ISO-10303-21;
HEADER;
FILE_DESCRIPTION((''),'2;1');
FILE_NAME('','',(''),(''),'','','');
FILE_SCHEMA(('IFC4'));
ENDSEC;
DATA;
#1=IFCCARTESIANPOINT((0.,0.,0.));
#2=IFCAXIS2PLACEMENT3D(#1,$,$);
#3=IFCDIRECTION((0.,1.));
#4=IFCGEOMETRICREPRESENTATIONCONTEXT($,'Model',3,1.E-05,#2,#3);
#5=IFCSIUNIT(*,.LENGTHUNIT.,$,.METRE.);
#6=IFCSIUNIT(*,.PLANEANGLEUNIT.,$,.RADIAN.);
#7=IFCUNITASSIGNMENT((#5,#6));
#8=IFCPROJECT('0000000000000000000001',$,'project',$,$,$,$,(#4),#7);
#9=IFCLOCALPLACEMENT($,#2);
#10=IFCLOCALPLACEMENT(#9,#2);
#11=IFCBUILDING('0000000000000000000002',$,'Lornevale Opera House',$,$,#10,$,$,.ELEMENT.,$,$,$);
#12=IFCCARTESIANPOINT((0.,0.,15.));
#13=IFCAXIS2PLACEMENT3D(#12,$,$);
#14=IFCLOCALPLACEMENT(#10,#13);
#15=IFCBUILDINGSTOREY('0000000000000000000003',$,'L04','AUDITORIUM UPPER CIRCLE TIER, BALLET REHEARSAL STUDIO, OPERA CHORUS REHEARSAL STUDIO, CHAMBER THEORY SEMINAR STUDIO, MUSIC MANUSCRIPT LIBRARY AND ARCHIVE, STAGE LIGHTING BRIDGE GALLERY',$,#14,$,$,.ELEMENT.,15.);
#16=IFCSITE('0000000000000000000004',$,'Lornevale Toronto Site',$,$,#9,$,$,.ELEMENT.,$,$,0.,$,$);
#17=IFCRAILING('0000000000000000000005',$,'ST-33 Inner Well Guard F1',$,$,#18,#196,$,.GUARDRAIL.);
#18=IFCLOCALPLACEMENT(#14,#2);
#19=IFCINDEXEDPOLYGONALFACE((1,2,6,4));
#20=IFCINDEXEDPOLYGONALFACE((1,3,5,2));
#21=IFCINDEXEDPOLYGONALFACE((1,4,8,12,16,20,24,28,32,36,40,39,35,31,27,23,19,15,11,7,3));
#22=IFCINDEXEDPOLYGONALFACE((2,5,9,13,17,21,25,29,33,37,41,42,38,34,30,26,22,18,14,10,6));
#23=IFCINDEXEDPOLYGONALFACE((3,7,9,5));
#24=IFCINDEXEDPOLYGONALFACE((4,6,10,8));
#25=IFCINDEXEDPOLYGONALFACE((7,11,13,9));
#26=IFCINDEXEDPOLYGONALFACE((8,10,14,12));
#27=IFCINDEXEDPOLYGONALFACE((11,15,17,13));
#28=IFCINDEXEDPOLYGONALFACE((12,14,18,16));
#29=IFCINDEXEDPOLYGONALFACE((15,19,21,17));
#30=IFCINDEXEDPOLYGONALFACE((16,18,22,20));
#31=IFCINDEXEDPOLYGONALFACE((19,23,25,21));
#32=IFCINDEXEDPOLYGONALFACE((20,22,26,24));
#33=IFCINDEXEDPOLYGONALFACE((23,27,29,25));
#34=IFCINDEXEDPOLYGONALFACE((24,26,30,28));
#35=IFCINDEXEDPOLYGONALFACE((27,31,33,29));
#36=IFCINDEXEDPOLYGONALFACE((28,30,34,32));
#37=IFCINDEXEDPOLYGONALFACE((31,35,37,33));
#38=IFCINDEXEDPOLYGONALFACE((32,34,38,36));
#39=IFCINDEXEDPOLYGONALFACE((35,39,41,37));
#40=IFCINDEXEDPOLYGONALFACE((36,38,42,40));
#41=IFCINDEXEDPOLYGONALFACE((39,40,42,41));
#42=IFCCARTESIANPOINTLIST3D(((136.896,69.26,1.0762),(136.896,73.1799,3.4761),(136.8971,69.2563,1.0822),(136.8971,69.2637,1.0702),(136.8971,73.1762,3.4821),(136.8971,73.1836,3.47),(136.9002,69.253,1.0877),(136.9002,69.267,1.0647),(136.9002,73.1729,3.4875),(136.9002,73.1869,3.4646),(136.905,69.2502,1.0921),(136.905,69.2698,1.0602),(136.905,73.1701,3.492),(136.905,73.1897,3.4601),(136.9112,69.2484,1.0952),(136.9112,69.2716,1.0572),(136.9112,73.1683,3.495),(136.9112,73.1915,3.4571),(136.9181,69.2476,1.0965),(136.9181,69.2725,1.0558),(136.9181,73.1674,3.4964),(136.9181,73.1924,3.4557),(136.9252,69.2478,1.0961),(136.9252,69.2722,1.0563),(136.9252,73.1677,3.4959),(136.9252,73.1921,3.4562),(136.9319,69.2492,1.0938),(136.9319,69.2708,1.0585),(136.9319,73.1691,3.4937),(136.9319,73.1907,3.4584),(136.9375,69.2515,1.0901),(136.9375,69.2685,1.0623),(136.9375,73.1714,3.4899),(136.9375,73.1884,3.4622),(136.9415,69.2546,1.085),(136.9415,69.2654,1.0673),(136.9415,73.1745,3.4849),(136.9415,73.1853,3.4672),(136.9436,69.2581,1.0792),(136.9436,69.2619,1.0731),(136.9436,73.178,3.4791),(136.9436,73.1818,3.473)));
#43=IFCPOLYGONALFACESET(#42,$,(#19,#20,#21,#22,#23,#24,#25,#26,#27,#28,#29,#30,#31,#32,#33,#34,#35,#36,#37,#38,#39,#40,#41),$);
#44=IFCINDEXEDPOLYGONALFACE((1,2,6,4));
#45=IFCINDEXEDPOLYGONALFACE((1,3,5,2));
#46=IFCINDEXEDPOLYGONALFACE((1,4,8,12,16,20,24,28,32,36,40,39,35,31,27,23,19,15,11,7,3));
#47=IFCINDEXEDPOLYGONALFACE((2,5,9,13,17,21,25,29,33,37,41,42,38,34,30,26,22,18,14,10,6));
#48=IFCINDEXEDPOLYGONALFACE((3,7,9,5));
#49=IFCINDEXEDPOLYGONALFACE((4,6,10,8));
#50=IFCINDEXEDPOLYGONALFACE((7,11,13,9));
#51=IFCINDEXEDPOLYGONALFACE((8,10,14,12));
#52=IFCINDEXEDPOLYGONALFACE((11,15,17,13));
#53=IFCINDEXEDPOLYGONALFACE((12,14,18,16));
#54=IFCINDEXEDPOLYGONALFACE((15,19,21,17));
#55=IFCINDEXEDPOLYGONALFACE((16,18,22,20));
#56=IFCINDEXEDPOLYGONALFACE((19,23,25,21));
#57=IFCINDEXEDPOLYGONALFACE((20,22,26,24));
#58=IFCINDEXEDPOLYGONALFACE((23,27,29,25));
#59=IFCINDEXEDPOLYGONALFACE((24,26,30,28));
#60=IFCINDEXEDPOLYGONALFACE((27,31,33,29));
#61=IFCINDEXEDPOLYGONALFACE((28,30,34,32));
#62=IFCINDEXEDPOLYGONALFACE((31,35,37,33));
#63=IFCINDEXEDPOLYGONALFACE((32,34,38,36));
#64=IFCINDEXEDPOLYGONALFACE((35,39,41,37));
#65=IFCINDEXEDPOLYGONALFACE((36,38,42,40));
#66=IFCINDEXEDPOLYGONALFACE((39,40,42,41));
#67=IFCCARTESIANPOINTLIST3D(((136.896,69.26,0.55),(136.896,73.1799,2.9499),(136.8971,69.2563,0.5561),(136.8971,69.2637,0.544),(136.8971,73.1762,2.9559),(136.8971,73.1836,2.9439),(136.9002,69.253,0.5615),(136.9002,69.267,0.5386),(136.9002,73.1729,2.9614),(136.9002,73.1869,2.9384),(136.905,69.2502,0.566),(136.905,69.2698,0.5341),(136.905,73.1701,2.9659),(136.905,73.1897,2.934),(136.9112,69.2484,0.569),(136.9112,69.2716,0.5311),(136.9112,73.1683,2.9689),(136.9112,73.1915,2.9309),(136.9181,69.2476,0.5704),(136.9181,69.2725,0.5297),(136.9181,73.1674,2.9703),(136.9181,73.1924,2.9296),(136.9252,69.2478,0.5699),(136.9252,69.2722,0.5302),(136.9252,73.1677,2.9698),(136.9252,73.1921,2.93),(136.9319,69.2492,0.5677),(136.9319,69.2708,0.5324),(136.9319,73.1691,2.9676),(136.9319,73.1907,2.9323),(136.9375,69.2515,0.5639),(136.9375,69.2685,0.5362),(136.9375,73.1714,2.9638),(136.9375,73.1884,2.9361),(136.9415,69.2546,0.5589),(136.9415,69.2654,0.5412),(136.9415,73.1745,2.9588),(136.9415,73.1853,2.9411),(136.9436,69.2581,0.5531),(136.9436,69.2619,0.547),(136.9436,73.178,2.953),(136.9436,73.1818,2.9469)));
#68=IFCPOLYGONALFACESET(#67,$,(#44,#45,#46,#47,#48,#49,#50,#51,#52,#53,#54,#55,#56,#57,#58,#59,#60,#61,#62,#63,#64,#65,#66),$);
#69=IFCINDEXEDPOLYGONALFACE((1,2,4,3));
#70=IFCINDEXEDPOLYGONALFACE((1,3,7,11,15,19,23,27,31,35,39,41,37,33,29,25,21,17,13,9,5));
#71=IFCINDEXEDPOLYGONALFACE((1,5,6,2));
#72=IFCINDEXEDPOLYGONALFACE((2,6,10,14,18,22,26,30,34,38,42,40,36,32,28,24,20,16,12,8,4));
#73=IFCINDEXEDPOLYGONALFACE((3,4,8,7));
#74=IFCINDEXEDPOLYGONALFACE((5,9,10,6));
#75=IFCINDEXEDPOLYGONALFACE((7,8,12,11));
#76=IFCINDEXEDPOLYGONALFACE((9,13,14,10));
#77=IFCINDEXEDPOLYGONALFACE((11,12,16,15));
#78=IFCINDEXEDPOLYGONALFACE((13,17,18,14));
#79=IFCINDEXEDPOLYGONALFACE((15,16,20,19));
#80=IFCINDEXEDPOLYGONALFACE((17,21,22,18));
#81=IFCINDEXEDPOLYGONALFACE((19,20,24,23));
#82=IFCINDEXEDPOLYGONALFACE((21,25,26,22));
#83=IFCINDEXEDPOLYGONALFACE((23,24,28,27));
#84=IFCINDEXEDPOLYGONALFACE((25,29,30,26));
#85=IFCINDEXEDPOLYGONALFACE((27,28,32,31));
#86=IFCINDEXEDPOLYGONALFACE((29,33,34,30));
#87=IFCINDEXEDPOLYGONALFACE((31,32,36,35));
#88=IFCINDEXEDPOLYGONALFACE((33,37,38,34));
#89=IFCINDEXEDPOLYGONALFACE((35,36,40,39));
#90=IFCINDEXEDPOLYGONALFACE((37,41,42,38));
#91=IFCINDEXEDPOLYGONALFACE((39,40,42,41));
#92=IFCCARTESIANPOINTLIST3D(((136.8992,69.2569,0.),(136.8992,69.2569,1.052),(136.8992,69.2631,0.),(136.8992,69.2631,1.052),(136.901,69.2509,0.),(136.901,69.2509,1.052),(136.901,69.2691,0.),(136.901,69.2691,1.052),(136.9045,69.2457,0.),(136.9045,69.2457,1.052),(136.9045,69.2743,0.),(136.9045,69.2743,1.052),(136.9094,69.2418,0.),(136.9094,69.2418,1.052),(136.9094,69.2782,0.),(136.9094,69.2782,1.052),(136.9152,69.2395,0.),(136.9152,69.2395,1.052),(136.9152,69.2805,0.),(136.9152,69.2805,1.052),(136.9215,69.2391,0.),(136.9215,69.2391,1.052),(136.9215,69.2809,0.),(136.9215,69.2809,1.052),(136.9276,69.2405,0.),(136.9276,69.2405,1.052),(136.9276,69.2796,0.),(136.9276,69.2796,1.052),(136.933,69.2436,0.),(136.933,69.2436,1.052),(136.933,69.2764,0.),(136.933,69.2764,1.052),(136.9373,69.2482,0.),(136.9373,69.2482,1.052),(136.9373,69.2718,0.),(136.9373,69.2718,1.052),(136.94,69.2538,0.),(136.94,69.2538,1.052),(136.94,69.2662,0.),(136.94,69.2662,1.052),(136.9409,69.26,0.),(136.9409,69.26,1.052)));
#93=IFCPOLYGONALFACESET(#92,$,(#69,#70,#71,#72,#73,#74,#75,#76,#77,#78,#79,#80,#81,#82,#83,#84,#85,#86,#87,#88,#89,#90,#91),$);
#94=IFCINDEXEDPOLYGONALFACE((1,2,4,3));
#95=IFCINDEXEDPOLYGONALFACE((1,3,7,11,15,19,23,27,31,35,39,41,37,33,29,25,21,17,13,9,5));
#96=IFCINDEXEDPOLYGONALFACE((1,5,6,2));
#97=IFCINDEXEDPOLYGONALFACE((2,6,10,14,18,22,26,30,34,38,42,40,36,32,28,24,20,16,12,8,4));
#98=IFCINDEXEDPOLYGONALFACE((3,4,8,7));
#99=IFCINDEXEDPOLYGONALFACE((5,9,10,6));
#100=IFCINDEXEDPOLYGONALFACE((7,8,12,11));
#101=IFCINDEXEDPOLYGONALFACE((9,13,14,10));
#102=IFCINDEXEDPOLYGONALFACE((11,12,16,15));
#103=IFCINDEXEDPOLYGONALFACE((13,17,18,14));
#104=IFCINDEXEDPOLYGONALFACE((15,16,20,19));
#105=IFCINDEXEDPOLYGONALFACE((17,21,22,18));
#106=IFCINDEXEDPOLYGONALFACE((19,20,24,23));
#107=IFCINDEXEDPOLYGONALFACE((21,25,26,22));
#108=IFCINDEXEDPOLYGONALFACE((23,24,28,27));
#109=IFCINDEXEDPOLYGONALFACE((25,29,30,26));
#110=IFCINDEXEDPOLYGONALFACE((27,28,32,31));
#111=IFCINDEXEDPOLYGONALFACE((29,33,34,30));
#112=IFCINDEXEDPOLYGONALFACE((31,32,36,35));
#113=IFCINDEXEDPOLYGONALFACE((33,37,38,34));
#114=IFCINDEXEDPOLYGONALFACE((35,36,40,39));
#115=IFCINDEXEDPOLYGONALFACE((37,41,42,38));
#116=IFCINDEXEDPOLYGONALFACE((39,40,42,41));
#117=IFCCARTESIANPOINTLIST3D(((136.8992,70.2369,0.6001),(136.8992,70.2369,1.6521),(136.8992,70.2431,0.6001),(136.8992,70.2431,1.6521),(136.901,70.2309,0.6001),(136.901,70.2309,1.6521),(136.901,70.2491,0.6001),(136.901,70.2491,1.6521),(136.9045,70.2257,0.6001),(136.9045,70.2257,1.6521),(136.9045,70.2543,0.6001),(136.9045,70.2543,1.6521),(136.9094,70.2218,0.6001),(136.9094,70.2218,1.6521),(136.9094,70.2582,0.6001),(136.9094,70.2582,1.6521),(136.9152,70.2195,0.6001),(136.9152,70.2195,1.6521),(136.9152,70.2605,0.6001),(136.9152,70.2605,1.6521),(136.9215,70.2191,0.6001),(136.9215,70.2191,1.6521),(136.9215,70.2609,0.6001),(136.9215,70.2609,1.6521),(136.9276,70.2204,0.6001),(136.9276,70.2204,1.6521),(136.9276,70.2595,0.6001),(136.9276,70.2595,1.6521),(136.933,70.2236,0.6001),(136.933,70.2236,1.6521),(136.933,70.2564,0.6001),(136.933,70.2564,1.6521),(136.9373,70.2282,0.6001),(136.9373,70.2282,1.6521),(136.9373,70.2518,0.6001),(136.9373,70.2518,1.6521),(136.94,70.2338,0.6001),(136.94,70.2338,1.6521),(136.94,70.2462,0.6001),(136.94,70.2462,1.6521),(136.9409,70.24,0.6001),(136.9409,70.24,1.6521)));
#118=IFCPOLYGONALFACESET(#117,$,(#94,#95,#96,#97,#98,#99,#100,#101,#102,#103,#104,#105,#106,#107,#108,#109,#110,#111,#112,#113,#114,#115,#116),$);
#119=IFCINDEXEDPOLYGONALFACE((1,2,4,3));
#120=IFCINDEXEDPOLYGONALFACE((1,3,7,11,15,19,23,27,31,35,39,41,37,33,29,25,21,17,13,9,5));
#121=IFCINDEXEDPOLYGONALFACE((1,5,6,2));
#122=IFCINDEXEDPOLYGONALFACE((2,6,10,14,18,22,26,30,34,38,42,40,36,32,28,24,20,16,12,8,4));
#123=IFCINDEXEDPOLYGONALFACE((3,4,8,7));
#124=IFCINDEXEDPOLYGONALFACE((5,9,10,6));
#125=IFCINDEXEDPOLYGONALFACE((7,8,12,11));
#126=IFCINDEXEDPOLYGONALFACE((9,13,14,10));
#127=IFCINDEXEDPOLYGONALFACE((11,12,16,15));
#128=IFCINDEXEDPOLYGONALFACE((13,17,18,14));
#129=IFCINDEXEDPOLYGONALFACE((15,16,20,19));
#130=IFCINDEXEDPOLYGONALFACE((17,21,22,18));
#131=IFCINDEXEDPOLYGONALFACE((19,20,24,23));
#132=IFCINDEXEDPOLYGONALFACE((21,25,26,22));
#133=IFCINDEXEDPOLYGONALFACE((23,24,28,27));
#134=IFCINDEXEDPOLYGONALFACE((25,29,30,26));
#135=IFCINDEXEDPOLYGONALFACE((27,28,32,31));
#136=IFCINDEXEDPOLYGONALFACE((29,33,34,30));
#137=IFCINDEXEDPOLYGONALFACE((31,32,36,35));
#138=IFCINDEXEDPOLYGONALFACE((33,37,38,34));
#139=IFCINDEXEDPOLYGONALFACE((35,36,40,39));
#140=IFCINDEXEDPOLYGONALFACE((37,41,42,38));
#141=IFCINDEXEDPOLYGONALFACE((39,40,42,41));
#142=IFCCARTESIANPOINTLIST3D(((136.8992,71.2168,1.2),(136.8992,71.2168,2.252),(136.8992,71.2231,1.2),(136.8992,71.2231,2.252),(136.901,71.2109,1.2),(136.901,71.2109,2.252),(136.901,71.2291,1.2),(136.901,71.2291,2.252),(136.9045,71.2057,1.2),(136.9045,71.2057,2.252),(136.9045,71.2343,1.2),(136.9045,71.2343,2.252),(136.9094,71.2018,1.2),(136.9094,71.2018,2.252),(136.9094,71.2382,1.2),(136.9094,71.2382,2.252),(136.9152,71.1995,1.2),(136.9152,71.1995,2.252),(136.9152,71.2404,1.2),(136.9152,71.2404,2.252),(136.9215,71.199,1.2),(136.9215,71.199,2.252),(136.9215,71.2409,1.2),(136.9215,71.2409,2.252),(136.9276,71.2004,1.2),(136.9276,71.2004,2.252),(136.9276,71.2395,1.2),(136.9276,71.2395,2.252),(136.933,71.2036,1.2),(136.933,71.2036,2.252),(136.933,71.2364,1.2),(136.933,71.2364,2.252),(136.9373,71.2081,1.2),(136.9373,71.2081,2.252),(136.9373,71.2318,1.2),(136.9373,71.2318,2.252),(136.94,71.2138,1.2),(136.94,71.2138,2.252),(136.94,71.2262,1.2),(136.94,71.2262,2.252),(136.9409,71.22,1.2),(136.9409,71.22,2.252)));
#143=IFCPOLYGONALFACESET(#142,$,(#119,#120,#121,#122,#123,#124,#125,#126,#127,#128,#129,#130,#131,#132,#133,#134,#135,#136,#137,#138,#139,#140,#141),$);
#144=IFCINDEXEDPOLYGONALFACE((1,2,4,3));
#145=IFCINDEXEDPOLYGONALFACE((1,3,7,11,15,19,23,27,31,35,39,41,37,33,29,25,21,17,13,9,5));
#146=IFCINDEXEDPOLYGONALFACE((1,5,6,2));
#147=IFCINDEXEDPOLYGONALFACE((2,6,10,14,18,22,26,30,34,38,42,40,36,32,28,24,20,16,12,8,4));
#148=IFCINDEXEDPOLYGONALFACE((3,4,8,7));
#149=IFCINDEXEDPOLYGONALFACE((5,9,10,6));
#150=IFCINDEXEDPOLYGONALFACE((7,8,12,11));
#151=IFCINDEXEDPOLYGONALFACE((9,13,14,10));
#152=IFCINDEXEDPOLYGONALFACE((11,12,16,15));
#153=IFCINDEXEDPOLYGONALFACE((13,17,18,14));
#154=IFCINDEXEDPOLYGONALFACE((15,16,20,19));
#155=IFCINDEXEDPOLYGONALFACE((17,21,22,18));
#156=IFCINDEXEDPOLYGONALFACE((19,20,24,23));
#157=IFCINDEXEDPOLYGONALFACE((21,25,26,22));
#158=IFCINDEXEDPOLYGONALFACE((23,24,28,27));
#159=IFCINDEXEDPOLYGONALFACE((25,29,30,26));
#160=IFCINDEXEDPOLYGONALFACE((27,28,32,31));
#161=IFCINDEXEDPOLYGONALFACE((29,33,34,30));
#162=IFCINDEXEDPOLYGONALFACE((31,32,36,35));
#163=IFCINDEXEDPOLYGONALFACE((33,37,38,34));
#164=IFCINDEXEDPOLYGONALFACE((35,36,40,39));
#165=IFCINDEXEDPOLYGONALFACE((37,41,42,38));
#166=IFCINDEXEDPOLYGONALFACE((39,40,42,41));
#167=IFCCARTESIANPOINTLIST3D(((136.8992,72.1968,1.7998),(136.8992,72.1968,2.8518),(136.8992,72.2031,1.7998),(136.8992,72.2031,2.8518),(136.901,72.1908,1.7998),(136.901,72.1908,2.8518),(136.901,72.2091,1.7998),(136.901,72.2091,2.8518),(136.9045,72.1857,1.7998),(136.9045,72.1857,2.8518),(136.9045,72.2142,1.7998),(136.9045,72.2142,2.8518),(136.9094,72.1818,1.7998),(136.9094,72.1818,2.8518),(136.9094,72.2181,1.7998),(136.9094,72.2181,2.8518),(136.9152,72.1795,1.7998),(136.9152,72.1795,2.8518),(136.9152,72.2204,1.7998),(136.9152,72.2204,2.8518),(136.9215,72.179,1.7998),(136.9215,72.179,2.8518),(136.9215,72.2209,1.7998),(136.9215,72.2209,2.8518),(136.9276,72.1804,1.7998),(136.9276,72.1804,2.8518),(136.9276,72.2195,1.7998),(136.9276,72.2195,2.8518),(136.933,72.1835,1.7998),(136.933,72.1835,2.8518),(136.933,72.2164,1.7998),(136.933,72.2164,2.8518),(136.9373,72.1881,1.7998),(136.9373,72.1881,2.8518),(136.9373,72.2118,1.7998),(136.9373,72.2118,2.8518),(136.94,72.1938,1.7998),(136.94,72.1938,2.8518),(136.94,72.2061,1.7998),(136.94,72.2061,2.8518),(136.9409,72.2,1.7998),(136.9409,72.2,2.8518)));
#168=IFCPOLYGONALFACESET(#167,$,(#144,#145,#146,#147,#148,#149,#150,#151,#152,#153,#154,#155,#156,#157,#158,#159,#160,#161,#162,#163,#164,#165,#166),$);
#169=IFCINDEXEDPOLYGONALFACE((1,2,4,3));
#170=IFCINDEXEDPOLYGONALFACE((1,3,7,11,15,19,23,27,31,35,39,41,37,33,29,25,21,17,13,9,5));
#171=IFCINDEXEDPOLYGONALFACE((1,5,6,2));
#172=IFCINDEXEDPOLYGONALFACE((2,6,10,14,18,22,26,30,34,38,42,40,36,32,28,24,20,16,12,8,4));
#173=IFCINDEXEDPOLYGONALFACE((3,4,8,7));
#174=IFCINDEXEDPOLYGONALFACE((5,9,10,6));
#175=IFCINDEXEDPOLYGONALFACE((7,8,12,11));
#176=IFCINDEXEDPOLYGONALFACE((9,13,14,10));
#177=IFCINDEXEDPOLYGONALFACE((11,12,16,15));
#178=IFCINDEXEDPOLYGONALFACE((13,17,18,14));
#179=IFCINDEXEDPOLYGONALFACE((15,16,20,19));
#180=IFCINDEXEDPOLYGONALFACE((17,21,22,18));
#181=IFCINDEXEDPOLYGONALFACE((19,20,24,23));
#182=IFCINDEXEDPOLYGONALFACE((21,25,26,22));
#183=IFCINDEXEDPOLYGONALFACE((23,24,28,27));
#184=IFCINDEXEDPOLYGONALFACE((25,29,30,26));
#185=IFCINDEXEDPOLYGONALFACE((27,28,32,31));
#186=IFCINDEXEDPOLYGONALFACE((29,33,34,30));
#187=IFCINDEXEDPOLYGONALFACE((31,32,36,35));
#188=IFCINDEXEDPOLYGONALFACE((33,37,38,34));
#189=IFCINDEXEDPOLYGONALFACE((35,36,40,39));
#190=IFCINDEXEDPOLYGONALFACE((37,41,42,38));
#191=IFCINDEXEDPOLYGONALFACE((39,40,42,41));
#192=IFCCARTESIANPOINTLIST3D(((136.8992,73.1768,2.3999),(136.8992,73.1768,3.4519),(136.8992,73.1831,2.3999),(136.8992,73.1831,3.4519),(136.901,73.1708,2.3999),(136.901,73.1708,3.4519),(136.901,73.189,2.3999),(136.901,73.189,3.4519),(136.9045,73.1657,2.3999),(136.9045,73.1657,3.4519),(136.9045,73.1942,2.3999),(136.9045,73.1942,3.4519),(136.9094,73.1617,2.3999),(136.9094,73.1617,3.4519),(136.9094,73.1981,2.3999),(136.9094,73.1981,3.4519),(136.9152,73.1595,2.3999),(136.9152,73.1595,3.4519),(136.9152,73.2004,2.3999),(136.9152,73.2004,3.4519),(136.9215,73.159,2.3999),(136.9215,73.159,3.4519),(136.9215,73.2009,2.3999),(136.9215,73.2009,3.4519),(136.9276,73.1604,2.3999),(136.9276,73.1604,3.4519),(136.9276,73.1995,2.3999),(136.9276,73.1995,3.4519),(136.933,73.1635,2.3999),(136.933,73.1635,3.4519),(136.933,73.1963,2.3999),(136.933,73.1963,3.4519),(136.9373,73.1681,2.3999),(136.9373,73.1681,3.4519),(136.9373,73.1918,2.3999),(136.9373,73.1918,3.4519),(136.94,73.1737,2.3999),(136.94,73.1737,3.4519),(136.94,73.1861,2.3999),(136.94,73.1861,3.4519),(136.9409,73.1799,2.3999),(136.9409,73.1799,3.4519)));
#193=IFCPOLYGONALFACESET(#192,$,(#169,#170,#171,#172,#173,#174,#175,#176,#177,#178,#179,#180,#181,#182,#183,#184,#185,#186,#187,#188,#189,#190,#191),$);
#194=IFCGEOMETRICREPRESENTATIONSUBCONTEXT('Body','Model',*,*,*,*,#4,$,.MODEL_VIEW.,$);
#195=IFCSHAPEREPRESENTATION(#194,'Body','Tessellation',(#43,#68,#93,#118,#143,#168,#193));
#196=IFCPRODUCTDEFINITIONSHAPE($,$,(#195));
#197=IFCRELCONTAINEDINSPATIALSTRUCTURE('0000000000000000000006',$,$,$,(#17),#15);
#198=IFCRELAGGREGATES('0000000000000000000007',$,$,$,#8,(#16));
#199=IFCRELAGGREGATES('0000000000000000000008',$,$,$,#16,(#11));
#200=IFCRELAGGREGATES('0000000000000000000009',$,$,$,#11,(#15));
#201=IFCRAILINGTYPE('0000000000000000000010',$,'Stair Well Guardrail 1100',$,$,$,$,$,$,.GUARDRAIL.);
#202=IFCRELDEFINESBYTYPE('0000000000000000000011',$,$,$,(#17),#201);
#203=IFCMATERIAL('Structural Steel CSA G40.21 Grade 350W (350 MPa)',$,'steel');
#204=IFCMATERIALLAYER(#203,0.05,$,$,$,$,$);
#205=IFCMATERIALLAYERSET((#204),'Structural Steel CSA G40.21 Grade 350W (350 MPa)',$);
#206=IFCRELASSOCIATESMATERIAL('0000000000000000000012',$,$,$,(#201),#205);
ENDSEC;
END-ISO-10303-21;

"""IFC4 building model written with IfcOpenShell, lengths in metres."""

from ifc_helpers import new_model, si_unit, direction, frame, origin, origin_2d, place, context, subcontext, project, spatial, circle, extrude, material, layer, layer_set, type_object, element, save


model = new_model("IFC4")

# Units and contexts
model_context = context("Model", 3, precision=1e-05, world=origin(), true_north=direction((0.0, 1.0)))
body_context = subcontext(model_context, "Body", "Model", "MODEL_VIEW")
ifc_project = project(units=[si_unit("LENGTHUNIT", "METRE"), si_unit("PLANEANGLEUNIT", "RADIAN")], contexts=[model_context])

# Site, building, storey
site_placement = place(None, origin())
site = spatial("IfcSite", under=ifc_project, at=site_placement, Name="Lornevale Toronto Site", CompositionType="ELEMENT", RefElevation=0.0)
building_placement = place(site_placement, origin())
building = spatial("IfcBuilding", under=site, at=building_placement, Name="Lornevale Opera House", CompositionType="ELEMENT")
storey_placement = place(building_placement, frame((0.0, 0.0, 15.0)))
storey = spatial("IfcBuildingStorey", under=building, at=storey_placement, Name="L04", Description="AUDITORIUM UPPER CIRCLE TIER, BALLET REHEARSAL STUDIO, OPERA CHORUS REHEARSAL STUDIO, CHAMBER THEORY SEMINAR STUDIO, MUSIC MANUSCRIPT LIBRARY AND ARCHIVE, STAGE LIGHTING BRIDGE GALLERY", CompositionType="ELEMENT", Elevation=15.0)

# Shared definitions
ifc_material_1 = material(Name="Structural Steel CSA G40.21 Grade 350W (350 MPa)", Category="steel")

# Railing
ifc_layer_1 = layer(ifc_material_1, 0.05)
ifc_layer_set_1 = layer_set([ifc_layer_1], Name="Structural Steel CSA G40.21 Grade 350W (350 MPa)")
railing_type_1 = type_object("IfcRailingType", Name="Stair Well Guardrail 1100", PredefinedType="GUARDRAIL", material=ifc_layer_set_1)
railing_1_placement = place(storey_placement, frame((136.9199, 69.26, 0.0)))
element("IfcRailing", 1, at=railing_1_placement, inside=storey, type_object=railing_type_1, Name="ST-33 Inner Well Guard F1", PredefinedType="GUARDRAIL", context=body_context, shape_type="SweptSolid", body=[
    extrude(circle(Radius=0.0239, at=origin_2d()), frame((0.0, 0.0, 1.0762), z_axis=(0.0, 0.852856, 0.522146), x_axis=(-1.0, 0.0, 0.0)), (0.0, 0.0, 1.0), 4.5962),
    extrude(circle(Radius=0.0239, at=origin_2d()), frame((0.0, 0.0, 0.55), z_axis=(0.0, 0.852856, 0.522146), x_axis=(-1.0, 0.0, 0.0)), (0.0, 0.0, 1.0), 4.5962),
    extrude(circle(Radius=0.021, at=origin_2d()), origin(), (0.0, 0.0, 1.0), 1.052),
    extrude(circle(Radius=0.021, at=origin_2d()), frame((0.0, 0.98, 0.6001)), (0.0, 0.0, 1.0), 1.052),
    extrude(circle(Radius=0.021, at=origin_2d()), frame((0.0, 1.96, 1.2)), (0.0, 0.0, 1.0), 1.052),
    extrude(circle(Radius=0.021, at=origin_2d()), frame((0.0, 2.9399, 1.7998)), (0.0, 0.0, 1.0), 1.052),
    extrude(circle(Radius=0.021, at=origin_2d()), frame((0.0, 3.9199, 2.3999)), (0.0, 0.0, 1.0), 1.052),
])

save(model, "model.ifc")
